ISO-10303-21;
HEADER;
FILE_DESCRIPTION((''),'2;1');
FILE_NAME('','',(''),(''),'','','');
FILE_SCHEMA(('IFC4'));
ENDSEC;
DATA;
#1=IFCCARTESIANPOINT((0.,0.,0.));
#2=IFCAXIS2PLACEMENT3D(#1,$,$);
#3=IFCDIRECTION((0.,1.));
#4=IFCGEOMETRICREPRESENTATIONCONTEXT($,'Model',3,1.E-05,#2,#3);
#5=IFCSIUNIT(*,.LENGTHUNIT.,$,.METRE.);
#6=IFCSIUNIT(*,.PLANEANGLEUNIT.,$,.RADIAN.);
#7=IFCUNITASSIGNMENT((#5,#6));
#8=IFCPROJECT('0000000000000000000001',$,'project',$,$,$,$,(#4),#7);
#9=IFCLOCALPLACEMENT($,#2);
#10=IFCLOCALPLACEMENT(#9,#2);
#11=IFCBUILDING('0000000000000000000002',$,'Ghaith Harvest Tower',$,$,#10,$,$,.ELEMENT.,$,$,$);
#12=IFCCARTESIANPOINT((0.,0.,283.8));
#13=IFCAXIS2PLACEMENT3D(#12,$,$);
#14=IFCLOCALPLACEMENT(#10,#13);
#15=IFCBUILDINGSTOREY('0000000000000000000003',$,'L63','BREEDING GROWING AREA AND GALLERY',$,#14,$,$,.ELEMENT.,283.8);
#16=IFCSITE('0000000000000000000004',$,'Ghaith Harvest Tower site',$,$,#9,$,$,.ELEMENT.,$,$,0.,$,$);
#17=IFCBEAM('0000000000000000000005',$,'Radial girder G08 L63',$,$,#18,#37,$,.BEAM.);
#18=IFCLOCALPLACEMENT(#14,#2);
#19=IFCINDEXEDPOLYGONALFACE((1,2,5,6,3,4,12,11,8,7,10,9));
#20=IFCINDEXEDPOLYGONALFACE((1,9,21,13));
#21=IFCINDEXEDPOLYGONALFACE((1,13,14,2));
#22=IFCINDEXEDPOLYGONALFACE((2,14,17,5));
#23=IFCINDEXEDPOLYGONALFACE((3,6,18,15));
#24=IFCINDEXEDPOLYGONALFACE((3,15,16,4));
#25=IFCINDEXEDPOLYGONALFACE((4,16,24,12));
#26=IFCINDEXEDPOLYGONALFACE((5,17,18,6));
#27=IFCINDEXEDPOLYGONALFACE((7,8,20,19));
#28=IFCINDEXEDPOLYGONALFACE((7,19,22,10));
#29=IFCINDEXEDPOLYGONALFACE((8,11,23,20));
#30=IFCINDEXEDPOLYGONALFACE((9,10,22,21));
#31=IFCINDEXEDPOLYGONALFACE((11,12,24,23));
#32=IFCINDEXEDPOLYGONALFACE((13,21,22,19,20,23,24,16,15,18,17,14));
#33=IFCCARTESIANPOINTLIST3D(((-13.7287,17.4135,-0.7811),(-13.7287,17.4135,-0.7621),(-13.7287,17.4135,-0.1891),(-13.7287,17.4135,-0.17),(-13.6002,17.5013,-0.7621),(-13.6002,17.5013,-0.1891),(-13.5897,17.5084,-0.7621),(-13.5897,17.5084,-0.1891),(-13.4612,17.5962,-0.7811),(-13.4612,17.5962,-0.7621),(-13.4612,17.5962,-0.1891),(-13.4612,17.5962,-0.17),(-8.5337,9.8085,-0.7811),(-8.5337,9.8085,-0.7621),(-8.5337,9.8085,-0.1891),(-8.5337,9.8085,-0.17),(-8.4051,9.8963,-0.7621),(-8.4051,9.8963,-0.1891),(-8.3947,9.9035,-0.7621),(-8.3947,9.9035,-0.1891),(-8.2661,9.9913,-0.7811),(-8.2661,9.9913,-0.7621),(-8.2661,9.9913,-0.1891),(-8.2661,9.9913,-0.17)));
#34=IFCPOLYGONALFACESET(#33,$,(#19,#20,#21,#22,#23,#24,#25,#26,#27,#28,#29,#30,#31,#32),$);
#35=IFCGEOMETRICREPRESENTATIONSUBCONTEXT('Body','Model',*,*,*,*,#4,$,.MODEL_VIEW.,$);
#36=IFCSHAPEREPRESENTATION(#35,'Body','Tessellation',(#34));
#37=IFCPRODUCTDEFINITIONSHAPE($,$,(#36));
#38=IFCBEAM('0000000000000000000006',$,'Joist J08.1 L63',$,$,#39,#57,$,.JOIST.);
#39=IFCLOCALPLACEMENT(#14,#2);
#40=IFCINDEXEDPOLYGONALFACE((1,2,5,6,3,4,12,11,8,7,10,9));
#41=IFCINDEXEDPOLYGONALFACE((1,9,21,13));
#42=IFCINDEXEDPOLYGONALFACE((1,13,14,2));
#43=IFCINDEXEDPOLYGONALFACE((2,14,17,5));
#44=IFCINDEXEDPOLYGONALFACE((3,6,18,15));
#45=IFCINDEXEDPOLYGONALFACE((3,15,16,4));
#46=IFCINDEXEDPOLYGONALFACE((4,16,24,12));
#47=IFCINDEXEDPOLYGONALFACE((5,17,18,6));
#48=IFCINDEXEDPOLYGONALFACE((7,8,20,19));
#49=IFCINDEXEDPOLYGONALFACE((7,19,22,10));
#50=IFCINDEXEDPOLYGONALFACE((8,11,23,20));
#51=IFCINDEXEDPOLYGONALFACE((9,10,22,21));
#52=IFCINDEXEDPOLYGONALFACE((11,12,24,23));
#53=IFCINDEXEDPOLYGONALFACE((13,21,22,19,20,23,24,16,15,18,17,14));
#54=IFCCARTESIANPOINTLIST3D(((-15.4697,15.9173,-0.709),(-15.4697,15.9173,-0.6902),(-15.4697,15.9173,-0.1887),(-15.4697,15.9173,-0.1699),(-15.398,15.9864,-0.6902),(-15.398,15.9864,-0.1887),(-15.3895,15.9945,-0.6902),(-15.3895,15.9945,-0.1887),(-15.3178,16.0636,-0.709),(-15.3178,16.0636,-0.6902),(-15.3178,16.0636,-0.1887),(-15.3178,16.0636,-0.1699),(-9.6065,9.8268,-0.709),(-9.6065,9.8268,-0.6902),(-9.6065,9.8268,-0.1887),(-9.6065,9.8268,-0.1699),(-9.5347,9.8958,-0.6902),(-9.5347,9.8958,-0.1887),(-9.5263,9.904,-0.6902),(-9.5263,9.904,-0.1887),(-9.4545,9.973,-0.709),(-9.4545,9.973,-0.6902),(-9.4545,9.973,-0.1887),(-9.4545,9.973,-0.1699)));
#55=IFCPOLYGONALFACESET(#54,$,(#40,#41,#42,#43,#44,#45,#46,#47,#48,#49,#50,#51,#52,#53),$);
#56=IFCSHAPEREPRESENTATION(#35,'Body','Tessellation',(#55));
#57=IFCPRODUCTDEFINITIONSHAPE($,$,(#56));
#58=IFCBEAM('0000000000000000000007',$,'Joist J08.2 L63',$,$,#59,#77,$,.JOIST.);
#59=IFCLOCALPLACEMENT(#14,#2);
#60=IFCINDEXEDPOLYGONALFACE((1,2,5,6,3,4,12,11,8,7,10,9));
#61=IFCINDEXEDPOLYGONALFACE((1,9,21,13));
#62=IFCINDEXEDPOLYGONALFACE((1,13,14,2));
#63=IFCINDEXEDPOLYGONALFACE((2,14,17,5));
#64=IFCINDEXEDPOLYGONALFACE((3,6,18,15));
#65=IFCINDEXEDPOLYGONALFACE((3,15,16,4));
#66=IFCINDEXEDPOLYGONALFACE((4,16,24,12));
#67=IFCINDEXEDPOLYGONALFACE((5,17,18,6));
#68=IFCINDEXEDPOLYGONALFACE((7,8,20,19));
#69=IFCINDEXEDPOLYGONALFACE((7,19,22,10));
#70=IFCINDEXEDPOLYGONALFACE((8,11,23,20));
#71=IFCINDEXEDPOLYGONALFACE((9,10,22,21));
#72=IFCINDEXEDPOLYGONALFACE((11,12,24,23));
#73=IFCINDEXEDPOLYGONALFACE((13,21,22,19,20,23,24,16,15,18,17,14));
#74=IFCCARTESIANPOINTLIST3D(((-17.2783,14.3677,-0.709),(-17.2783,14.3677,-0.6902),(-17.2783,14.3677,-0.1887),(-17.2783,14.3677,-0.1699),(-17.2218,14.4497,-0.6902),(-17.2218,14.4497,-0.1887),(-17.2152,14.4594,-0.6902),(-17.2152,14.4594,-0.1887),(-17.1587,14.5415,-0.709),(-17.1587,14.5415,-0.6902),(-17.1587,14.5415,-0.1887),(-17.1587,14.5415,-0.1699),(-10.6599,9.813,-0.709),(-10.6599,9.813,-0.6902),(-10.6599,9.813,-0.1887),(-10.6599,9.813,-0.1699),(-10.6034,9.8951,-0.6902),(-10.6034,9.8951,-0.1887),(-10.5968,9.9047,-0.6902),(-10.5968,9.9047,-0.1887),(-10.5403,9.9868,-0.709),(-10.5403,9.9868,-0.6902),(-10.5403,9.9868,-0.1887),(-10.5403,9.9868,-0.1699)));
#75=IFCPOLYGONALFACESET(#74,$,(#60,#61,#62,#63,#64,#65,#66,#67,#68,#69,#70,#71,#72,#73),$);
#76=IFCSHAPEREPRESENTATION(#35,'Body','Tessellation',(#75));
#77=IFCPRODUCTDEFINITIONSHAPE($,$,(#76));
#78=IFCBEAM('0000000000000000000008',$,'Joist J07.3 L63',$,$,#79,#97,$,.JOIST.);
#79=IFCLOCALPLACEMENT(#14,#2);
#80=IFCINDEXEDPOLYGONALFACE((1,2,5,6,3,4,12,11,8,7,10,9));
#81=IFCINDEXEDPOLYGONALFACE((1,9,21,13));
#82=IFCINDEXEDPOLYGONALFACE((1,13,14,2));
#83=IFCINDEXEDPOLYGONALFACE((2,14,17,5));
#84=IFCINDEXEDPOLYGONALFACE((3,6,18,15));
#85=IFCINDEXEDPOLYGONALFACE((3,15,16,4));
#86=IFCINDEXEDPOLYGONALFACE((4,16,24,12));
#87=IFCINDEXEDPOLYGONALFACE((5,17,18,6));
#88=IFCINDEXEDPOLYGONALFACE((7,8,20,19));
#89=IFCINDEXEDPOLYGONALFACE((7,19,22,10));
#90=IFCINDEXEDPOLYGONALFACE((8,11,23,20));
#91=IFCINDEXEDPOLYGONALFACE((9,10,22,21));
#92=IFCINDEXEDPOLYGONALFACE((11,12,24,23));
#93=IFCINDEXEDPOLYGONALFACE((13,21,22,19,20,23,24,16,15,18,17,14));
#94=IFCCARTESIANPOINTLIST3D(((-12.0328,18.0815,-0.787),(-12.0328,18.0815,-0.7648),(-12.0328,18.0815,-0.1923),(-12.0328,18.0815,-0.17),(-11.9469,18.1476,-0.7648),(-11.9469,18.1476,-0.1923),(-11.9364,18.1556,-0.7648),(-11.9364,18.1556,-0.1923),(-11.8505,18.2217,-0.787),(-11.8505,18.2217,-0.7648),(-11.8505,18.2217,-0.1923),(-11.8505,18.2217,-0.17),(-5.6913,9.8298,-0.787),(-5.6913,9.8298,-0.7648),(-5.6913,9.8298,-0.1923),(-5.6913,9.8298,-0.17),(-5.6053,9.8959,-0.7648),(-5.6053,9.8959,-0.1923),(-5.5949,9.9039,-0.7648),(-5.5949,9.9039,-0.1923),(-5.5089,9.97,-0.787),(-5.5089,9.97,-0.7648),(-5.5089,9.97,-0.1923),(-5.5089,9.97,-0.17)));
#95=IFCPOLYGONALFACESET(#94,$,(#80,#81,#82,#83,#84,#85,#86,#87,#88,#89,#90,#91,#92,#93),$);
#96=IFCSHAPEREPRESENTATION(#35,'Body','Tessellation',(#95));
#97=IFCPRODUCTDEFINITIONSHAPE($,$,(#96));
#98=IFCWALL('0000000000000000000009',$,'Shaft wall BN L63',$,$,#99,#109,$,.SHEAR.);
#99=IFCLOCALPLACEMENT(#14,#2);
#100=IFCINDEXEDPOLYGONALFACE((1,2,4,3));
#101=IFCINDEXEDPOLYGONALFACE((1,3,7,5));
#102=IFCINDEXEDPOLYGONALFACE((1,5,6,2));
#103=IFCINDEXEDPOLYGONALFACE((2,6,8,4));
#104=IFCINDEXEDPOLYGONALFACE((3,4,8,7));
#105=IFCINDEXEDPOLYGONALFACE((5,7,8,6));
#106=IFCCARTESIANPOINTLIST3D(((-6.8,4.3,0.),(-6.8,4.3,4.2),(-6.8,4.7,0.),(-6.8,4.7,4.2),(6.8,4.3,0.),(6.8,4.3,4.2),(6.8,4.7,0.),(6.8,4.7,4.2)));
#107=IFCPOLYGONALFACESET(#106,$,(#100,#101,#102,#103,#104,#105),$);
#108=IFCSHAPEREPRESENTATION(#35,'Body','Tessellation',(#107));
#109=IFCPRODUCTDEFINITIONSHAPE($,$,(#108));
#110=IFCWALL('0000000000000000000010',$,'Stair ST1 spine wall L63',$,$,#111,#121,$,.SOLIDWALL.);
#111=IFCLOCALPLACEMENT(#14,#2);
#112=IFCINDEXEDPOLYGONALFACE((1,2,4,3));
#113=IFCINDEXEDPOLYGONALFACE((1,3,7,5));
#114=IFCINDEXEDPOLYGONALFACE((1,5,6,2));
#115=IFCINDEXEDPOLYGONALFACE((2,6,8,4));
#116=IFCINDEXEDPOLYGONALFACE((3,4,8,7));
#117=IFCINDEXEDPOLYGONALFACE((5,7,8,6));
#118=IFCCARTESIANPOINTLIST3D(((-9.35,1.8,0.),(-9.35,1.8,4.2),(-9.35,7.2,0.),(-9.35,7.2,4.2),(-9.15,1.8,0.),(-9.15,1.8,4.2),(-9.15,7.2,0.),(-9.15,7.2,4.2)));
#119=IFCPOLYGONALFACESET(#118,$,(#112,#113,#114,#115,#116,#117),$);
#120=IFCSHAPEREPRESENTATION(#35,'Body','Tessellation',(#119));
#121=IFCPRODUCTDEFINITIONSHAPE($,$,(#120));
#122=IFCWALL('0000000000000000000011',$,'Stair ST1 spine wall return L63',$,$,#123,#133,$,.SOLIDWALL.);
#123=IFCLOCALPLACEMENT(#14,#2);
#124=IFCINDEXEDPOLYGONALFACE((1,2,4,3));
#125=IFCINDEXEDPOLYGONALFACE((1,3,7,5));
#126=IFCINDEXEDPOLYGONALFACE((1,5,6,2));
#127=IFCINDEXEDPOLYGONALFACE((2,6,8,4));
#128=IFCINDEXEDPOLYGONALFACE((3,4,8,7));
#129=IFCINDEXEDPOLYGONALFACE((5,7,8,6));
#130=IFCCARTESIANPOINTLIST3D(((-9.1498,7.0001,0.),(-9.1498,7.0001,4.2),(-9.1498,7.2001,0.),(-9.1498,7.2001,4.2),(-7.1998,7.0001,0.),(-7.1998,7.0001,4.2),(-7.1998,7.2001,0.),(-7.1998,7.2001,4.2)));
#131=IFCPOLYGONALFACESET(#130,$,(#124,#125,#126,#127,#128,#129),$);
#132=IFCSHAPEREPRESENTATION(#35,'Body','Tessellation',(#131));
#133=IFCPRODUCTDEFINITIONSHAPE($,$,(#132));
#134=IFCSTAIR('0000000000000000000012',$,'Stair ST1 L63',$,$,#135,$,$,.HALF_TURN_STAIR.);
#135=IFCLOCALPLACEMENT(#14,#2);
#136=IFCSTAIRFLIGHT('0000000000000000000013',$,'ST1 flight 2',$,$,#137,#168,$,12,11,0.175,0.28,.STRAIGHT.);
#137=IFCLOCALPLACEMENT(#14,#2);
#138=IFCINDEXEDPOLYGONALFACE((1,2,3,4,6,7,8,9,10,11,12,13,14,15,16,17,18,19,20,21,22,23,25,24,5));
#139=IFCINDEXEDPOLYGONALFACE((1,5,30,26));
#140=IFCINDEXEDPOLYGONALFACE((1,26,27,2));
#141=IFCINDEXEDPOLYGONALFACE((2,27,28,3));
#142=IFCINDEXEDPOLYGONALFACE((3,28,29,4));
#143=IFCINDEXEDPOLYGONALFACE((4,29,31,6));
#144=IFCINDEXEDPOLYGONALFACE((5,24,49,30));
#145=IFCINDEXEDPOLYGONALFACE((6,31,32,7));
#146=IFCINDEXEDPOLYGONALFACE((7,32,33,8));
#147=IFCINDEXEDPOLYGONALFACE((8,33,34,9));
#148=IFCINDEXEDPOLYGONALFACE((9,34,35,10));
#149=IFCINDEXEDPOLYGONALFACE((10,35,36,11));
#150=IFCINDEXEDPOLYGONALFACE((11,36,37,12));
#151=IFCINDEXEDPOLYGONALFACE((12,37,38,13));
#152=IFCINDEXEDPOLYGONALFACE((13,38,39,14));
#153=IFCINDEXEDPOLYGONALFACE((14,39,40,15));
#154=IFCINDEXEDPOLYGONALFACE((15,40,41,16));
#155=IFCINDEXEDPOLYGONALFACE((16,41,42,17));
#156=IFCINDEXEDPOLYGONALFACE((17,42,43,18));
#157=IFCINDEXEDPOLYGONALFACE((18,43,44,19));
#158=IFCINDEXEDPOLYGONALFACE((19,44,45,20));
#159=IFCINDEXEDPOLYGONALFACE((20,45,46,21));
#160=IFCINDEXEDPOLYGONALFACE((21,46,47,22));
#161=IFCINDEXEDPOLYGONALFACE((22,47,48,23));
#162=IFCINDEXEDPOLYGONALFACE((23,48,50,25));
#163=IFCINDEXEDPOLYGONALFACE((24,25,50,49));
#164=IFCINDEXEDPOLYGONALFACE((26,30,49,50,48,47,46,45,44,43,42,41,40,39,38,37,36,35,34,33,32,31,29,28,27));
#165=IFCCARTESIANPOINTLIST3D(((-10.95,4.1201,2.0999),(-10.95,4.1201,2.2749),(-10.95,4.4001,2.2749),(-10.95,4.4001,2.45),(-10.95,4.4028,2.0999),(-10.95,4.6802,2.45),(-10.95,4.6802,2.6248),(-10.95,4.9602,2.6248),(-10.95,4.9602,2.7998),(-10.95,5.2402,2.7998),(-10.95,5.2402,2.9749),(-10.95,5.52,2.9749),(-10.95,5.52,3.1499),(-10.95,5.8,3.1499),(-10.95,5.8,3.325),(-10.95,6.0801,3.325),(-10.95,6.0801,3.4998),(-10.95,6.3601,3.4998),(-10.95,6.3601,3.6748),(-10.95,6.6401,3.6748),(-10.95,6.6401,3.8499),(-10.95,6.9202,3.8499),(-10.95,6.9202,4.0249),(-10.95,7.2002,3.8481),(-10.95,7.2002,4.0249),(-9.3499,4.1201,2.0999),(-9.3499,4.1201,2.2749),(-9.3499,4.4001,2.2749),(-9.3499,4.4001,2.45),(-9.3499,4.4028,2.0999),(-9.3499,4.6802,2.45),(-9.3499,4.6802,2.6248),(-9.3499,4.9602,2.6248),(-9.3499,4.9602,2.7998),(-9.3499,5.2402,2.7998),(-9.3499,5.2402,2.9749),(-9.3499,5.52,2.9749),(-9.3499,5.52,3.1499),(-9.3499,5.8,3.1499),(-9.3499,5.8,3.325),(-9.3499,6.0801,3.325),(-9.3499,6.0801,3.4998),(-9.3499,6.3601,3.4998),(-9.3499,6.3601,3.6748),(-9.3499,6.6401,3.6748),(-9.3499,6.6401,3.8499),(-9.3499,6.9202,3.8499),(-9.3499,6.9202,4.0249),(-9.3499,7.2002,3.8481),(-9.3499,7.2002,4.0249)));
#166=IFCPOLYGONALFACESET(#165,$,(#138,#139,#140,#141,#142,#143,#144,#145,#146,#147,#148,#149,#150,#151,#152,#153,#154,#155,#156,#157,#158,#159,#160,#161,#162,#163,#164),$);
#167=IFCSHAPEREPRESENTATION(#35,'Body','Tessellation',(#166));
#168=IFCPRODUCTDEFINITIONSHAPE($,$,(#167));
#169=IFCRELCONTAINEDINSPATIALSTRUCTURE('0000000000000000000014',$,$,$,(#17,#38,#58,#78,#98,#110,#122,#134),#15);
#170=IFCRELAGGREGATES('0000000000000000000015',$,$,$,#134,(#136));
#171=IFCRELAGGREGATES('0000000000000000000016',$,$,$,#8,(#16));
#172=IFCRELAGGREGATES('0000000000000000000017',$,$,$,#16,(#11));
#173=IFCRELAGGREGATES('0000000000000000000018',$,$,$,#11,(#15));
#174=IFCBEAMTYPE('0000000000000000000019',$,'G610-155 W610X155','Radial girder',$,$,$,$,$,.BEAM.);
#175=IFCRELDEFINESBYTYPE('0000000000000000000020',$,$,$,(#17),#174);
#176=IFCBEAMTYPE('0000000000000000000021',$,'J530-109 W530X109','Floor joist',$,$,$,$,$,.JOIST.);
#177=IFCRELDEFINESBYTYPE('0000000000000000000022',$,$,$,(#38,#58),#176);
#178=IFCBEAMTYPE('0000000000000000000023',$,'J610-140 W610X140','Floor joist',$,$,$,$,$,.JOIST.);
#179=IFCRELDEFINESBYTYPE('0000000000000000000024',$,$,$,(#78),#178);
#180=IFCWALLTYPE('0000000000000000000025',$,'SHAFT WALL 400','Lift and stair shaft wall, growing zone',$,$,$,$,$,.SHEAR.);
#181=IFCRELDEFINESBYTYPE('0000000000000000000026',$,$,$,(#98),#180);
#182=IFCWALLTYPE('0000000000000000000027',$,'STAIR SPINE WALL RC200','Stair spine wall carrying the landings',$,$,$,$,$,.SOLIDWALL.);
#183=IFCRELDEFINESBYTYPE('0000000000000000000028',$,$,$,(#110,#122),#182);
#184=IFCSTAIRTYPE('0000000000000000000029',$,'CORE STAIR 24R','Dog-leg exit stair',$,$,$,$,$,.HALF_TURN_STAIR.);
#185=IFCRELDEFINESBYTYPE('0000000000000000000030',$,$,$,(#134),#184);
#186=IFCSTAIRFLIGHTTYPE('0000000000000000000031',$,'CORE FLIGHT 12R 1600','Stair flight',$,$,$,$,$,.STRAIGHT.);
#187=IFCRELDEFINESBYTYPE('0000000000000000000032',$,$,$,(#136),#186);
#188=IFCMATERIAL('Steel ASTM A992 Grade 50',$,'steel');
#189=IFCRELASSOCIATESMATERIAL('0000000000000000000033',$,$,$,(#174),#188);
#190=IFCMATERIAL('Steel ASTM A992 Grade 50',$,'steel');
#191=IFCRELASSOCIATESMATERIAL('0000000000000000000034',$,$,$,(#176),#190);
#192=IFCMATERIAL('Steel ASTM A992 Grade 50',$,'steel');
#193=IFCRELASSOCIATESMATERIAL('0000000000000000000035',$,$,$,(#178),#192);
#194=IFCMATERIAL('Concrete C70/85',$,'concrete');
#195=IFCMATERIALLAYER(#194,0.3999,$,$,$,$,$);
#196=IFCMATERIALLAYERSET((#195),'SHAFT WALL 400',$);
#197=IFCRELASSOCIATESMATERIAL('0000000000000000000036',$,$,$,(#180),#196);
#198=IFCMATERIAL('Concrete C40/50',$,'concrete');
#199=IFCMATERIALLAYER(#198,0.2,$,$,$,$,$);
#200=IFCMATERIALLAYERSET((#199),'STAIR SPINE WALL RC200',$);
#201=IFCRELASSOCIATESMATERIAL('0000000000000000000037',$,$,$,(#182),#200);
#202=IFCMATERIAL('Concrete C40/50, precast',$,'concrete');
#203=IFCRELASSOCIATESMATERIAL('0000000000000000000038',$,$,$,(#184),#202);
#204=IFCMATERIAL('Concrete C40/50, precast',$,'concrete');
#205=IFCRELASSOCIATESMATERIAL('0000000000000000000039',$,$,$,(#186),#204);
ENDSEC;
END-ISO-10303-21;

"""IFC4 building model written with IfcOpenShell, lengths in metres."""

from ifc_helpers import new_model, si_unit, direction, frame, frame_2d, origin, origin_2d, place, context, subcontext, project, spatial, polyline, rectangle, i_section, outline, extrude, material, layer, layer_set, material_profile, profile_set, type_object, element, aggregate, save


model = new_model("IFC4")

# Units and contexts
model_context = context("Model", 3, precision=1e-05, world=origin(), true_north=direction((0.0, 1.0)))
body_context = subcontext(model_context, "Body", "Model", "MODEL_VIEW")
ifc_project = project(units=[si_unit("LENGTHUNIT", "METRE"), si_unit("PLANEANGLEUNIT", "RADIAN")], contexts=[model_context])

# Site, building, storey
site_placement = place(None, origin())
site = spatial("IfcSite", under=ifc_project, at=site_placement, Name="Ghaith Harvest Tower site", CompositionType="ELEMENT", RefElevation=0.0)
building_placement = place(site_placement, origin())
building = spatial("IfcBuilding", under=site, at=building_placement, Name="Ghaith Harvest Tower", CompositionType="ELEMENT")
storey_placement = place(building_placement, frame((0.0, 0.0, 283.8)))
storey = spatial("IfcBuildingStorey", under=building, at=storey_placement, Name="L63", Description="BREEDING GROWING AREA AND GALLERY", CompositionType="ELEMENT", Elevation=283.8)

# Beams
ifc_material_1 = material(Name="Steel ASTM A992 Grade 50", Category="steel")
ifc_material_profile_1 = material_profile(ifc_material_1, i_section(OverallWidth=0.324, OverallDepth=0.6111, WebThickness=0.0127, FlangeThickness=0.019, at=origin_2d()), Name="W610X155")
ifc_profile_set_1 = profile_set([ifc_material_profile_1], Name="Steel ASTM A992 Grade 50")
beam_type_1 = type_object("IfcBeamType", Name="G610-155 W610X155", Description="Radial girder", PredefinedType="BEAM", material=ifc_profile_set_1)
beam_1_placement = place(storey_placement, frame((-8.3999, 9.8999, -0.4756), z_axis=(-0.564067, 0.825729, 0.0), x_axis=(-0.825729, -0.564067, 0.0)))
element("IfcBeam", 1, at=beam_1_placement, inside=storey, type_object=beam_type_1, Name="Radial girder G08 L63", PredefinedType="BEAM", context=body_context, shape_type="SweptSolid", body=[
    extrude(i_section(OverallWidth=0.324, OverallDepth=0.6111, WebThickness=0.0127, FlangeThickness=0.019, at=origin_2d()), origin(), (0.0, 0.0, 1.0), 9.21),
])
ifc_material_2 = material(Name="Steel ASTM A992 Grade 50", Category="steel")
ifc_material_profile_2 = material_profile(ifc_material_2, i_section(OverallWidth=0.2109, OverallDepth=0.5391, WebThickness=0.0117, FlangeThickness=0.0188, at=origin_2d()), Name="W530X109")
ifc_profile_set_2 = profile_set([ifc_material_profile_2], Name="Steel ASTM A992 Grade 50")
beam_type_2 = type_object("IfcBeamType", Name="J530-109 W530X109", Description="Floor joist", PredefinedType="JOIST", material=ifc_profile_set_2)
beam_2_placement = place(storey_placement, frame((-9.5305, 9.8999, -0.4395), z_axis=(-0.693536, 0.720422, 0.0), x_axis=(-0.720422, -0.693536, 0.0)))
element("IfcBeam", 2, at=beam_2_placement, inside=storey, type_object=beam_type_2, Name="Joist J08.1 L63", PredefinedType="JOIST", context=body_context, shape_type="SweptSolid", body=[
    extrude(i_section(OverallWidth=0.2109, OverallDepth=0.5391, WebThickness=0.0117, FlangeThickness=0.0188, at=origin_2d()), origin(), (0.0, 0.0, 1.0), 8.4541),
])
beam_3_placement = place(storey_placement, frame((-10.6001, 9.8999, -0.4395), z_axis=(-0.823779, 0.566912, 0.0), x_axis=(-0.566912, -0.823779, 0.0)))
element("IfcBeam", 3, at=beam_3_placement, inside=storey, type_object=beam_type_2, Name="Joist J08.2 L63", PredefinedType="JOIST", context=body_context, shape_type="SweptSolid", body=[
    extrude(i_section(OverallWidth=0.2109, OverallDepth=0.5391, WebThickness=0.0117, FlangeThickness=0.0188, at=origin_2d()), origin(), (0.0, 0.0, 1.0), 8.0342),
])
ifc_material_3 = material(Name="Steel ASTM A992 Grade 50", Category="steel")
ifc_material_profile_3 = material_profile(ifc_material_3, i_section(OverallWidth=0.23, OverallDepth=0.6169, WebThickness=0.0132, FlangeThickness=0.0222, at=origin_2d()), Name="W610X140")
ifc_profile_set_3 = profile_set([ifc_material_profile_3], Name="Steel ASTM A992 Grade 50")
beam_type_3 = type_object("IfcBeamType", Name="J610-140 W610X140", Description="Floor joist", PredefinedType="JOIST", material=ifc_profile_set_3)
beam_4_placement = place(storey_placement, frame((-5.6001, 9.8999, -0.4785), z_axis=(-0.609354, 0.792899, 0.0), x_axis=(-0.792899, -0.609354, 0.0)))
element("IfcBeam", 4, at=beam_4_placement, inside=storey, type_object=beam_type_3, Name="Joist J07.3 L63", PredefinedType="JOIST", context=body_context, shape_type="SweptSolid", body=[
    extrude(i_section(OverallWidth=0.23, OverallDepth=0.6169, WebThickness=0.0132, FlangeThickness=0.0222, at=origin_2d()), origin(), (0.0, 0.0, 1.0), 10.407),
])

# Shared definitions
ifc_material_4 = material(Name="Concrete C70/85", Category="concrete")
ifc_layer_1 = layer(ifc_material_4, 0.3999)
ifc_layer_set_1 = layer_set([ifc_layer_1], Name="SHAFT WALL 400")
wall_type_1 = type_object("IfcWallType", Name="SHAFT WALL 400", Description="Lift and stair shaft wall, growing zone", PredefinedType="SHEAR", material=ifc_layer_set_1)

# Walls
wall_1_placement = place(storey_placement, frame((-6.8, 4.5, 0.0), z_axis=(0.0, 0.0, 1.0), x_axis=(1.0, 0.0, 0.0)))
element("IfcWall", 5, at=wall_1_placement, inside=storey, type_object=wall_type_1, Name="Shaft wall BN L63", PredefinedType="SHEAR", context=body_context, shape_type="SweptSolid", body=[
    extrude(rectangle(XDim=13.6001, YDim=0.3999, at=frame_2d((6.8, 0.0))), origin(), (0.0, 0.0, 1.0), 4.2),
])
ifc_material_5 = material(Name="Concrete C40/50", Category="concrete")
ifc_layer_2 = layer(ifc_material_5, 0.2)
ifc_layer_set_2 = layer_set([ifc_layer_2], Name="STAIR SPINE WALL RC200")
wall_type_2 = type_object("IfcWallType", Name="STAIR SPINE WALL RC200", Description="Stair spine wall carrying the landings", PredefinedType="SOLIDWALL", material=ifc_layer_set_2)
wall_2_placement = place(storey_placement, frame((-9.25, 7.2, 0.0), z_axis=(0.0, 0.0, 1.0), x_axis=(0.0, -1.0, 0.0)))
element("IfcWall", 6, at=wall_2_placement, inside=storey, type_object=wall_type_2, Name="Stair ST1 spine wall L63", PredefinedType="SOLIDWALL", context=body_context, shape_type="SweptSolid", body=[
    extrude(rectangle(XDim=5.3999, YDim=0.2, at=frame_2d((2.7, 0.0))), origin(), (0.0, 0.0, 1.0), 4.2),
])
wall_3_placement = place(storey_placement, frame((-9.1499, 7.1001, 0.0), z_axis=(0.0, 0.0, 1.0), x_axis=(1.0, 0.0, 0.0)))
element("IfcWall", 7, at=wall_3_placement, inside=storey, type_object=wall_type_2, Name="Stair ST1 spine wall return L63", PredefinedType="SOLIDWALL", context=body_context, shape_type="SweptSolid", body=[
    extrude(rectangle(XDim=1.95, YDim=0.2, at=frame_2d((0.9751, 0.0))), origin(), (0.0, 0.0, 1.0), 4.2),
])

# Stair, stair flight
ifc_material_6 = material(Name="Concrete C40/50, precast", Category="concrete")
stair_type = type_object("IfcStairType", Name="CORE STAIR 24R", Description="Dog-leg exit stair", PredefinedType="HALF_TURN_STAIR", material=ifc_material_6)
stair_placement = place(storey_placement, origin())
stair = element("IfcStair", 8, at=stair_placement, inside=storey, type_object=stair_type, Name="Stair ST1 L63", PredefinedType="HALF_TURN_STAIR")
ifc_material_7 = material(Name="Concrete C40/50, precast", Category="concrete")
stair_flight_type = type_object("IfcStairFlightType", Name="CORE FLIGHT 12R 1600", Description="Stair flight", PredefinedType="STRAIGHT", material=ifc_material_7)
stair_flight_placement = place(storey_placement, frame((-10.1499, 4.1201, 2.0999), z_axis=(0.0, 0.0, 1.0), x_axis=(0.0, 1.0, 0.0)))
stair_flight = element("IfcStairFlight", 9, at=stair_flight_placement, type_object=stair_flight_type, Name="ST1 flight 2", NumberOfRisers=12, NumberOfTreads=11, PredefinedType="STRAIGHT", RiserHeight=0.175, TreadLength=0.28, context=body_context, shape_type="SweptSolid", body=[
    extrude(outline(polyline([(0.0, 0.0), (0.0, 0.175), (0.28, 0.175), (0.28, 0.3501), (0.5601, 0.3501), (0.5601, 0.5249), (0.8401, 0.5249), (0.8401, 0.7), (1.1201, 0.7), (1.1201, 0.875), (1.3999, 0.875), (1.3999, 1.05), (1.6799, 1.05), (1.6799, 1.2251), (1.96, 1.2251), (1.96, 1.3999), (2.24, 1.3999), (2.24, 1.575), (2.52, 1.575), (2.52, 1.75), (2.8, 1.75), (2.8, 1.925), (3.0801, 1.925), (3.0801, 2.1001), (3.0801, 1.7483), (0.2827, 0.0), (0.0, 0.0)])), frame((0.0, 0.8, 0.0), z_axis=(0.0, -1.0, 0.0), x_axis=(1.0, 0.0, 0.0)), (0.0, 0.0, 1.0), 1.6001),
])
aggregate(stair, [stair_flight])

save(model, "model.ifc")
